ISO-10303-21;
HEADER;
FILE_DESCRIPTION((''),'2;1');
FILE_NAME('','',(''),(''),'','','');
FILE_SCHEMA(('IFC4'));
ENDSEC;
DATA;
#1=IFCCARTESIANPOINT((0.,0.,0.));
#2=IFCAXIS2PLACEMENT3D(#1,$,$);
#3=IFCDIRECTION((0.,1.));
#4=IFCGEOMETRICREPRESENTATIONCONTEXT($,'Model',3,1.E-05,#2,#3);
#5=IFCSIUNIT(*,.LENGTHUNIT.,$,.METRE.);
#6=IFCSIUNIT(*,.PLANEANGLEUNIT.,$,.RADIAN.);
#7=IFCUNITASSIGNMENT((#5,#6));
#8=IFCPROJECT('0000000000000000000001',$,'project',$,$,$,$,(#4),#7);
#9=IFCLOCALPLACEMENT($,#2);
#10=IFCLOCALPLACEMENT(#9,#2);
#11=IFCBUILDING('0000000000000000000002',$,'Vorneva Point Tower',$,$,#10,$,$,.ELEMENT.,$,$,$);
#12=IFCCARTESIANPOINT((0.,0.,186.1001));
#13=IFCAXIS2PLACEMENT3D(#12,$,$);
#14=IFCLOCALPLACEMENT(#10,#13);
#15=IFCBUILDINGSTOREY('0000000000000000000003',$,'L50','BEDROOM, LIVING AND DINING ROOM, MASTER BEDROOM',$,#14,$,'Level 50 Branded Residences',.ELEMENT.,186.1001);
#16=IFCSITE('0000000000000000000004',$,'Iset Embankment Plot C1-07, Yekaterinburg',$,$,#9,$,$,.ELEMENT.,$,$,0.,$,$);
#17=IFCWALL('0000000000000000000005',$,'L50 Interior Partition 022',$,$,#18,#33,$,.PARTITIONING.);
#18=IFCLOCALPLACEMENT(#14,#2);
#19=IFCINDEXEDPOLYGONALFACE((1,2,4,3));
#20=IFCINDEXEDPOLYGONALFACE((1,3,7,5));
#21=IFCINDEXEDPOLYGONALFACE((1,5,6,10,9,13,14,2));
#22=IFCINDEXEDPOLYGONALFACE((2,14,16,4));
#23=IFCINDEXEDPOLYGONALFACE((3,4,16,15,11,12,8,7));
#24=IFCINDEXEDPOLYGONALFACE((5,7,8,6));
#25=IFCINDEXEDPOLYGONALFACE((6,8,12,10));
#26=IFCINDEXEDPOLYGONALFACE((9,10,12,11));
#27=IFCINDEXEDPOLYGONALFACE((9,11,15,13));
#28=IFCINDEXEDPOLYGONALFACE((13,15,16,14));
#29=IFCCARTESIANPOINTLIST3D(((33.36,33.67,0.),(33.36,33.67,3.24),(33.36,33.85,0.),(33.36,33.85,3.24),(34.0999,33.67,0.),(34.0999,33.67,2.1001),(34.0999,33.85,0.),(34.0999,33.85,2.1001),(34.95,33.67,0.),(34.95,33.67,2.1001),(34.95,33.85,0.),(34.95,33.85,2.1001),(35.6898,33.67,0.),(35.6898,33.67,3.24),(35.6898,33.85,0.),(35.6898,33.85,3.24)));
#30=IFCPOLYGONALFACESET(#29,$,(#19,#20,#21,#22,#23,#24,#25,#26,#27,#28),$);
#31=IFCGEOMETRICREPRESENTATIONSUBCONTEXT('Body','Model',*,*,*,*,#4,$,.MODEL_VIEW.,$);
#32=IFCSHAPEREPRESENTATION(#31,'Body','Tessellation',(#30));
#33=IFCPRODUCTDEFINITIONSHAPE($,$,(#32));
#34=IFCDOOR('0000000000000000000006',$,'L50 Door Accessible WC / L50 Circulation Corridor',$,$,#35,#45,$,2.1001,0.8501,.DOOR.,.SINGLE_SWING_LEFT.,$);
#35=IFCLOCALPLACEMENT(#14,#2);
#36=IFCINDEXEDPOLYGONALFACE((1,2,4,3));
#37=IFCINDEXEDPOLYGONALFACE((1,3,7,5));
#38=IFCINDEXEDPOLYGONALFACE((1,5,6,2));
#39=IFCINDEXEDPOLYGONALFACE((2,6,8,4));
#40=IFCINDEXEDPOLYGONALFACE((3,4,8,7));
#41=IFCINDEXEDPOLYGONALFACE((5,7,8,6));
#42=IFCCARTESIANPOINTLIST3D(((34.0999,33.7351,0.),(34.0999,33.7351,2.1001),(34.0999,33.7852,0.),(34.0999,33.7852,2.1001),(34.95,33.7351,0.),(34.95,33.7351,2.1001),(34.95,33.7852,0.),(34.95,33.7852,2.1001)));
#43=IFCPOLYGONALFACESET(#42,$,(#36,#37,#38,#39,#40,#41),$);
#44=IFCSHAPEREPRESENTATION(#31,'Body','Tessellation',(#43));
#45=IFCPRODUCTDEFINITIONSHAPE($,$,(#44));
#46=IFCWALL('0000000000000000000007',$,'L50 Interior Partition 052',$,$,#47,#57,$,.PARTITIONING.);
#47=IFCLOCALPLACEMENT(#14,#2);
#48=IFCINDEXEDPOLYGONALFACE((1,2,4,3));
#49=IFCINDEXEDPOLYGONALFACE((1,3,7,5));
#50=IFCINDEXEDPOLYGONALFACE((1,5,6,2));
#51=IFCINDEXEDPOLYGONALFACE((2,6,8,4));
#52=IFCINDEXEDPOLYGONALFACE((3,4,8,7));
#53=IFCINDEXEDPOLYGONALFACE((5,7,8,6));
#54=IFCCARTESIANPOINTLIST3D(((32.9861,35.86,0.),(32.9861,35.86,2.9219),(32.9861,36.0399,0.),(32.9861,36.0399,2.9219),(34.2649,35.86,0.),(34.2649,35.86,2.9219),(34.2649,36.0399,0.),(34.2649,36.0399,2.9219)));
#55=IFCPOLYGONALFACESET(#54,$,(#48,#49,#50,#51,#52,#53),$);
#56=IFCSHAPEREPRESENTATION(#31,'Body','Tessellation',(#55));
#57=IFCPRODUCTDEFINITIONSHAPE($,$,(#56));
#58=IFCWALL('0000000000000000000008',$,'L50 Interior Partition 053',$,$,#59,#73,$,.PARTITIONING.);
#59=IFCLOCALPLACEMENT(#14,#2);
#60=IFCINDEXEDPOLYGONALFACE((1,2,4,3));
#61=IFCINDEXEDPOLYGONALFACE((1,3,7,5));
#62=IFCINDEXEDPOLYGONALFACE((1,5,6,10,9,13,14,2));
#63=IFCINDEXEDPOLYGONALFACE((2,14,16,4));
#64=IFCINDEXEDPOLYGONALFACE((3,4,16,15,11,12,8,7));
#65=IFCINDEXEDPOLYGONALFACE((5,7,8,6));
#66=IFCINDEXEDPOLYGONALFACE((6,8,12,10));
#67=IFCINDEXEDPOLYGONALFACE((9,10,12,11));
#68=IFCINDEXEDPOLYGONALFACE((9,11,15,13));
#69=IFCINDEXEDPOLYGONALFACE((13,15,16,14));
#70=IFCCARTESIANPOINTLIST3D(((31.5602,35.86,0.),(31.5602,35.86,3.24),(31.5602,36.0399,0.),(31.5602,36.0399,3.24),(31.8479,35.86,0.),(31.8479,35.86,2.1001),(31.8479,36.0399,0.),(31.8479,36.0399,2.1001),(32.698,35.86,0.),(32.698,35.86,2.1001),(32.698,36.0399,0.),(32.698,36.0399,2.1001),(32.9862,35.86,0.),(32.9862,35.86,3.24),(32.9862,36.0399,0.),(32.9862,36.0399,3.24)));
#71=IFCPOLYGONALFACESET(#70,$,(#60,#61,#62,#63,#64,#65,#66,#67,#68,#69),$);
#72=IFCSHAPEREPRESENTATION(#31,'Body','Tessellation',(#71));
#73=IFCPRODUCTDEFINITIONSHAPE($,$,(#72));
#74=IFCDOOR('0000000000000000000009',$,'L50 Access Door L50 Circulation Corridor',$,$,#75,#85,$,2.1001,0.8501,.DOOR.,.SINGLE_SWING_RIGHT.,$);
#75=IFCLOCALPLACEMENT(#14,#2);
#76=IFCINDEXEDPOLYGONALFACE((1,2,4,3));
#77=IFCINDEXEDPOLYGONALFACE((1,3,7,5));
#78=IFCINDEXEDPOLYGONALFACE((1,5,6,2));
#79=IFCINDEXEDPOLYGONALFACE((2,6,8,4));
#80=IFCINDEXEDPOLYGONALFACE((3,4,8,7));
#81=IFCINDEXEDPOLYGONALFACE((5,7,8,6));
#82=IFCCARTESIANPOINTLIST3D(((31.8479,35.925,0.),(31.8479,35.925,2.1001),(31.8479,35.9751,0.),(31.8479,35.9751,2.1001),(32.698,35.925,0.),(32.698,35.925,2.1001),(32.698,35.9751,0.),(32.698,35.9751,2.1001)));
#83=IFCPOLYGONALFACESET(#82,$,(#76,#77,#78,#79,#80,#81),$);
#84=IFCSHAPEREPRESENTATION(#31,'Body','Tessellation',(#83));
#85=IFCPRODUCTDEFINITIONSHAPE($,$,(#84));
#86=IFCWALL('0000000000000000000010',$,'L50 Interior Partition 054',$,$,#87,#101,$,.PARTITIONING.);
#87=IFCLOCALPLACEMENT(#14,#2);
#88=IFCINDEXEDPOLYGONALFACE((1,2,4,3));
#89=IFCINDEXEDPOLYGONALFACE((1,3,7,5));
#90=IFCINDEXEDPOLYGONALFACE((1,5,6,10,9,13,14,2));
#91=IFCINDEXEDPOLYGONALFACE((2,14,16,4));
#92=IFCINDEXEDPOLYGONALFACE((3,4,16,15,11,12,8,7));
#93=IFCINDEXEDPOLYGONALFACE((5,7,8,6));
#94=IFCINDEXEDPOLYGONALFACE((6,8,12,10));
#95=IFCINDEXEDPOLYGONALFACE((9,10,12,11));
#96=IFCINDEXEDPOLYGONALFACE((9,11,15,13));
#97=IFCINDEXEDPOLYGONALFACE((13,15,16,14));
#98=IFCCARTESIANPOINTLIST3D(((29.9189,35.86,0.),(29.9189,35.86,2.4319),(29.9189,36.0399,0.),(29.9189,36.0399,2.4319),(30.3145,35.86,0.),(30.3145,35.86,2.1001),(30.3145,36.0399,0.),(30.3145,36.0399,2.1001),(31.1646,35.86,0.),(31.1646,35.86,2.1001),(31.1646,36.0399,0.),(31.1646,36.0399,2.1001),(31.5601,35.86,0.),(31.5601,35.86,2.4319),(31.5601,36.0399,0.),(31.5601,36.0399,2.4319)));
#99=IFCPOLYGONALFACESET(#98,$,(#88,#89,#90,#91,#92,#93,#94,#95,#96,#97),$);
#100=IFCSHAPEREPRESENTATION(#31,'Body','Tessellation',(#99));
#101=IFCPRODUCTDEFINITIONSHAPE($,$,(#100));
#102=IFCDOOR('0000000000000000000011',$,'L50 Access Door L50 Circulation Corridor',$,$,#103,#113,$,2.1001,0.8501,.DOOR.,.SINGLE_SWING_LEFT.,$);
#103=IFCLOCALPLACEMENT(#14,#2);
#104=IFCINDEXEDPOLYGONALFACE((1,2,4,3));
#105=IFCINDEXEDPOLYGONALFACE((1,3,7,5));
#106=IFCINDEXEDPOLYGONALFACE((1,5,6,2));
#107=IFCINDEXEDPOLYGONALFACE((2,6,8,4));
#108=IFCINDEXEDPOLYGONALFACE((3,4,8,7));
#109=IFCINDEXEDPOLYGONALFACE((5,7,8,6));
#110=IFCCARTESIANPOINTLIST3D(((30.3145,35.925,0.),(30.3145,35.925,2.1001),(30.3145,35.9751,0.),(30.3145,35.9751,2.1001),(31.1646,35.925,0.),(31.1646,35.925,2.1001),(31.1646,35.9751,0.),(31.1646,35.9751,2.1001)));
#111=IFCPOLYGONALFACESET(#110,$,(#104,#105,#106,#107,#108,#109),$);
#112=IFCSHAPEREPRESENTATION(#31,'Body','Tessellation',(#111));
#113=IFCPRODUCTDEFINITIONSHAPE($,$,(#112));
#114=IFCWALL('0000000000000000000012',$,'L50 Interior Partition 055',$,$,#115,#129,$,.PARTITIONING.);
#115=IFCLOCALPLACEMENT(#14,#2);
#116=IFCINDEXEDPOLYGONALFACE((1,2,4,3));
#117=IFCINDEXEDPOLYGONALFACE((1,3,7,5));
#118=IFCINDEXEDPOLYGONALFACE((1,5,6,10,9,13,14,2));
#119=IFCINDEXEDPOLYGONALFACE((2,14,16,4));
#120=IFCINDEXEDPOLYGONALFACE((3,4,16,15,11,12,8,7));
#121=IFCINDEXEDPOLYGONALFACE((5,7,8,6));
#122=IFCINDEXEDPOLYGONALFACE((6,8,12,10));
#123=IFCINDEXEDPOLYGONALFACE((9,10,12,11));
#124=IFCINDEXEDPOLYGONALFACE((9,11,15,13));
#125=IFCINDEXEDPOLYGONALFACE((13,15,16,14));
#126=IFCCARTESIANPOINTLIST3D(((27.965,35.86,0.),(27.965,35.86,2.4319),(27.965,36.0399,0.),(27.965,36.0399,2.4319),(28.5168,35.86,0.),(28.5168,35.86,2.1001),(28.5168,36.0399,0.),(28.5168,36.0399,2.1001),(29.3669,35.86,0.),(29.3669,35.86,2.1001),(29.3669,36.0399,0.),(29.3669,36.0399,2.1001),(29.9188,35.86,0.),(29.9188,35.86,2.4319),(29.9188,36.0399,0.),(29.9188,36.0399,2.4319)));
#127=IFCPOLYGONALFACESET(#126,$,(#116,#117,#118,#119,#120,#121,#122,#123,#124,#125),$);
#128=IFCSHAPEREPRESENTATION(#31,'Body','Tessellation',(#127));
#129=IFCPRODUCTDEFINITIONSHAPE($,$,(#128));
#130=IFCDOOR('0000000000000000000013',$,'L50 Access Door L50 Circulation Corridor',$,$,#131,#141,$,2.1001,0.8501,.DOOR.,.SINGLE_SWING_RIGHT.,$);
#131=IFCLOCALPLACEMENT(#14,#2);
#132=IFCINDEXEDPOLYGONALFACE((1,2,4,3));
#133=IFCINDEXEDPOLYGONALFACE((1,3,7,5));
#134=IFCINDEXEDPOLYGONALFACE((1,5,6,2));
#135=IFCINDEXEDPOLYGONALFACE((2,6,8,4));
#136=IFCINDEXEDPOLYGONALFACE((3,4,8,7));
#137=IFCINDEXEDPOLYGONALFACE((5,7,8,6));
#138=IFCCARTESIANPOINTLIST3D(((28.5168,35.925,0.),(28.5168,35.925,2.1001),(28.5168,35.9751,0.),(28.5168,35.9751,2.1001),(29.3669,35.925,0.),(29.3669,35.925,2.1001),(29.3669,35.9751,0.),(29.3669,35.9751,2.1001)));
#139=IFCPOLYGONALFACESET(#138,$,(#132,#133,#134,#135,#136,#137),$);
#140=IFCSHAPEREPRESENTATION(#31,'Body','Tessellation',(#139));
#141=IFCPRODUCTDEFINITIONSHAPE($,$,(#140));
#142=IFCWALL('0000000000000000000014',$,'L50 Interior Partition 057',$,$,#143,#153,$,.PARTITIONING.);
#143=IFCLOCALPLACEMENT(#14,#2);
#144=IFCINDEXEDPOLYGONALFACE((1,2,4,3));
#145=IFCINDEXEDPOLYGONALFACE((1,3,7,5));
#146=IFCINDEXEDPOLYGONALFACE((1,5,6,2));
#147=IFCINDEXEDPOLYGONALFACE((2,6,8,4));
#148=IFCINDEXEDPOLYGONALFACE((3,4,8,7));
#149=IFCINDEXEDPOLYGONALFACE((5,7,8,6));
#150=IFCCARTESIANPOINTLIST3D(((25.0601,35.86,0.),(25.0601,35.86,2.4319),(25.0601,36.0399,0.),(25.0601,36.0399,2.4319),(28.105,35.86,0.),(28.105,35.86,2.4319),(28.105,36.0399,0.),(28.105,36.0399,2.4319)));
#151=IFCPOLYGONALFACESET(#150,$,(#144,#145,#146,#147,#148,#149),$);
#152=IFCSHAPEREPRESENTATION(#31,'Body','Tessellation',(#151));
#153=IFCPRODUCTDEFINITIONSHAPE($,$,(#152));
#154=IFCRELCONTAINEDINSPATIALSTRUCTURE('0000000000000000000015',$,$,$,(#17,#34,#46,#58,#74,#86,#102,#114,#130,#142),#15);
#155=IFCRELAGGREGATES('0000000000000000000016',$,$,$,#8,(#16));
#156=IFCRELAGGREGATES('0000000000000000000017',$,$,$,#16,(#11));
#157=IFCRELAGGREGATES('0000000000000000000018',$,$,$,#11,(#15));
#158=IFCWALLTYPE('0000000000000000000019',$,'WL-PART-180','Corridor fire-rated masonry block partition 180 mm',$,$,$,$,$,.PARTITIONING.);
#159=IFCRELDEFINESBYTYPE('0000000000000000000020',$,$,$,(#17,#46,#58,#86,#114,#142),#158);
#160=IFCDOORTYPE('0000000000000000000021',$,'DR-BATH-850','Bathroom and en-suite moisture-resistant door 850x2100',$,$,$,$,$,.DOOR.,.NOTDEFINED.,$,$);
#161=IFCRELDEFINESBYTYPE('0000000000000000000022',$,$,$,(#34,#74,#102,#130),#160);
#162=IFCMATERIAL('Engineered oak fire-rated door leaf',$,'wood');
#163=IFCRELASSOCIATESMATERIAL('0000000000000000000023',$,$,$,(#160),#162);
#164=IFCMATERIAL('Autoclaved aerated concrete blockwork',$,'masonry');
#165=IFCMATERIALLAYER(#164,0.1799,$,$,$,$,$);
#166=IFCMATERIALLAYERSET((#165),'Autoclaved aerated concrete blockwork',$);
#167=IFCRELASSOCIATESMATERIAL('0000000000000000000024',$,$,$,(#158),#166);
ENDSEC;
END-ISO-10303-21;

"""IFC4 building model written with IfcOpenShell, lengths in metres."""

from ifc_helpers import new_model, si_unit, direction, frame, frame_2d, origin, place, context, subcontext, project, spatial, rectangle, extrude, material, layer, layer_set, type_object, element, fill, save


model = new_model("IFC4")

# Units and contexts
model_context = context("Model", 3, precision=1e-05, world=origin(), true_north=direction((0.0, 1.0)))
body_context = subcontext(model_context, "Body", "Model", "MODEL_VIEW")
ifc_project = project(units=[si_unit("LENGTHUNIT", "METRE"), si_unit("PLANEANGLEUNIT", "RADIAN")], contexts=[model_context])

# Site, building, storey
site_placement = place(None, origin())
site = spatial("IfcSite", under=ifc_project, at=site_placement, Name="Iset Embankment Plot C1-07, Yekaterinburg", CompositionType="ELEMENT", RefElevation=0.0)
building_placement = place(site_placement, origin())
building = spatial("IfcBuilding", under=site, at=building_placement, Name="Vorneva Point Tower", CompositionType="ELEMENT")
storey_placement = place(building_placement, frame((0.0, 0.0, 186.1001)))
storey = spatial("IfcBuildingStorey", under=building, at=storey_placement, Name="L50", Description="BEDROOM, LIVING AND DINING ROOM, MASTER BEDROOM", LongName="Level 50 Branded Residences", CompositionType="ELEMENT", Elevation=186.1001)

# Shared definitions
ifc_material_1 = material(Name="Engineered oak fire-rated door leaf", Category="wood")
door_type_1 = type_object("IfcDoorType", Name="DR-BATH-850", Description="Bathroom and en-suite moisture-resistant door 850x2100", OperationType="NOTDEFINED", PredefinedType="DOOR", material=ifc_material_1)

# Wall, opening, door
ifc_material_2 = material(Name="Autoclaved aerated concrete blockwork", Category="masonry")
ifc_layer_1 = layer(ifc_material_2, 0.1799)
ifc_layer_set_1 = layer_set([ifc_layer_1], Name="Autoclaved aerated concrete blockwork")
wall_type_1 = type_object("IfcWallType", Name="WL-PART-180", Description="Corridor fire-rated masonry block partition 180 mm", PredefinedType="PARTITIONING", material=ifc_layer_set_1)
wall_1_placement = place(storey_placement, frame((35.6899, 33.76, 0.0), z_axis=(0.0, 0.0, 1.0), x_axis=(-1.0, 0.0, 0.0)))
wall_1 = element("IfcWall", 1, at=wall_1_placement, inside=storey, type_object=wall_type_1, Name="L50 Interior Partition 022", PredefinedType="PARTITIONING", context=body_context, shape_type="SweptSolid", body=[
    extrude(rectangle(XDim=2.3298, YDim=0.1799, at=frame_2d((1.165, 0.0))), origin(), (0.0, 0.0, 1.0), 3.24),
])
opening_1_placement = place(wall_1_placement, frame((0.74, 0.0, 0.0)))
opening_1 = element("IfcOpeningElement", 2, at=opening_1_placement, cuts=wall_1, PredefinedType="OPENING", context=body_context, shape_type="SweptSolid", body=[
    extrude(rectangle(XDim=0.8501, YDim=2.1001, at=frame_2d((0.425, 1.05))), frame((0.0, 0.105, 0.0), z_axis=(0.0, -1.0, 0.0), x_axis=(1.0, 0.0, 0.0)), (0.0, 0.0, 1.0), 0.2097),
])
door_1_placement = place(opening_1_placement, origin())
door_1 = element("IfcDoor", 3, at=door_1_placement, inside=storey, type_object=door_type_1, Name="L50 Door Accessible WC / L50 Circulation Corridor", OperationType="SINGLE_SWING_LEFT", OverallHeight=2.1001, OverallWidth=0.8501, PredefinedType="DOOR", context=body_context, shape_type="SweptSolid", body=[
    extrude(rectangle(XDim=0.8501, YDim=2.1001, at=frame_2d((0.425, 1.05))), frame((0.0, 0.0249, 0.0), z_axis=(0.0, -1.0, 0.0), x_axis=(1.0, 0.0, 0.0)), (0.0, 0.0, 1.0), 0.05),
])
fill(opening_1, door_1)

# Wall
wall_2_placement = place(storey_placement, frame((34.2649, 35.95, 0.0), z_axis=(0.0, 0.0, 1.0), x_axis=(-1.0, 0.0, 0.0)))
element("IfcWall", 4, at=wall_2_placement, inside=storey, type_object=wall_type_1, Name="L50 Interior Partition 052", PredefinedType="PARTITIONING", context=body_context, shape_type="SweptSolid", body=[
    extrude(rectangle(XDim=1.2788, YDim=0.1799, at=frame_2d((0.6394, 0.0))), origin(), (0.0, 0.0, 1.0), 2.9219),
])

# Walls, openings, doors
wall_3_placement = place(storey_placement, frame((32.9861, 35.95, 0.0), z_axis=(0.0, 0.0, 1.0), x_axis=(-1.0, 0.0, 0.0)))
wall_3 = element("IfcWall", 5, at=wall_3_placement, inside=storey, type_object=wall_type_1, Name="L50 Interior Partition 053", PredefinedType="PARTITIONING", context=body_context, shape_type="SweptSolid", body=[
    extrude(rectangle(XDim=1.426, YDim=0.1799, at=frame_2d((0.7129, 0.0))), origin(), (0.0, 0.0, 1.0), 3.24),
])
opening_2_placement = place(wall_3_placement, frame((0.2881, 0.0, 0.0)))
opening_2 = element("IfcOpeningElement", 6, at=opening_2_placement, cuts=wall_3, PredefinedType="OPENING", context=body_context, shape_type="SweptSolid", body=[
    extrude(rectangle(XDim=0.8501, YDim=2.1001, at=frame_2d((0.425, 1.05))), frame((0.0, 0.105, 0.0), z_axis=(0.0, -1.0, 0.0), x_axis=(1.0, 0.0, 0.0)), (0.0, 0.0, 1.0), 0.2097),
])
door_2_placement = place(opening_2_placement, origin())
door_2 = element("IfcDoor", 7, at=door_2_placement, inside=storey, type_object=door_type_1, Name="L50 Access Door L50 Circulation Corridor", OperationType="SINGLE_SWING_RIGHT", OverallHeight=2.1001, OverallWidth=0.8501, PredefinedType="DOOR", context=body_context, shape_type="SweptSolid", body=[
    extrude(rectangle(XDim=0.8501, YDim=2.1001, at=frame_2d((0.425, 1.05))), frame((0.0, 0.0249, 0.0), z_axis=(0.0, -1.0, 0.0), x_axis=(1.0, 0.0, 0.0)), (0.0, 0.0, 1.0), 0.05),
])
fill(opening_2, door_2)
wall_4_placement = place(storey_placement, frame((31.5601, 35.95, 0.0), z_axis=(0.0, 0.0, 1.0), x_axis=(-1.0, 0.0, 0.0)))
wall_4 = element("IfcWall", 8, at=wall_4_placement, inside=storey, type_object=wall_type_1, Name="L50 Interior Partition 054", PredefinedType="PARTITIONING", context=body_context, shape_type="SweptSolid", body=[
    extrude(rectangle(XDim=1.6411, YDim=0.1799, at=frame_2d((0.8206, 0.0))), origin(), (0.0, 0.0, 1.0), 2.4319),
])
opening_3_placement = place(wall_4_placement, frame((0.3955, 0.0, 0.0)))
opening_3 = element("IfcOpeningElement", 9, at=opening_3_placement, cuts=wall_4, PredefinedType="OPENING", context=body_context, shape_type="SweptSolid", body=[
    extrude(rectangle(XDim=0.8501, YDim=2.1001, at=frame_2d((0.425, 1.05))), frame((0.0, 0.105, 0.0), z_axis=(0.0, -1.0, 0.0), x_axis=(1.0, 0.0, 0.0)), (0.0, 0.0, 1.0), 0.2097),
])
door_3_placement = place(opening_3_placement, origin())
door_3 = element("IfcDoor", 10, at=door_3_placement, inside=storey, type_object=door_type_1, Name="L50 Access Door L50 Circulation Corridor", OperationType="SINGLE_SWING_LEFT", OverallHeight=2.1001, OverallWidth=0.8501, PredefinedType="DOOR", context=body_context, shape_type="SweptSolid", body=[
    extrude(rectangle(XDim=0.8501, YDim=2.1001, at=frame_2d((0.425, 1.05))), frame((0.0, 0.0249, 0.0), z_axis=(0.0, -1.0, 0.0), x_axis=(1.0, 0.0, 0.0)), (0.0, 0.0, 1.0), 0.05),
])
fill(opening_3, door_3)
wall_5_placement = place(storey_placement, frame((29.9189, 35.95, 0.0), z_axis=(0.0, 0.0, 1.0), x_axis=(-1.0, 0.0, 0.0)))
wall_5 = element("IfcWall", 11, at=wall_5_placement, inside=storey, type_object=wall_type_1, Name="L50 Interior Partition 055", PredefinedType="PARTITIONING", context=body_context, shape_type="SweptSolid", body=[
    extrude(rectangle(XDim=1.9539, YDim=0.1799, at=frame_2d((0.9771, 0.0))), origin(), (0.0, 0.0, 1.0), 2.4319),
])
opening_4_placement = place(wall_5_placement, frame((0.552, 0.0, 0.0)))
opening_4 = element("IfcOpeningElement", 12, at=opening_4_placement, cuts=wall_5, PredefinedType="OPENING", context=body_context, shape_type="SweptSolid", body=[
    extrude(rectangle(XDim=0.8501, YDim=2.1001, at=frame_2d((0.425, 1.05))), frame((0.0, 0.105, 0.0), z_axis=(0.0, -1.0, 0.0), x_axis=(1.0, 0.0, 0.0)), (0.0, 0.0, 1.0), 0.2097),
])
door_4_placement = place(opening_4_placement, origin())
door_4 = element("IfcDoor", 13, at=door_4_placement, inside=storey, type_object=door_type_1, Name="L50 Access Door L50 Circulation Corridor", OperationType="SINGLE_SWING_RIGHT", OverallHeight=2.1001, OverallWidth=0.8501, PredefinedType="DOOR", context=body_context, shape_type="SweptSolid", body=[
    extrude(rectangle(XDim=0.8501, YDim=2.1001, at=frame_2d((0.425, 1.05))), frame((0.0, 0.0249, 0.0), z_axis=(0.0, -1.0, 0.0), x_axis=(1.0, 0.0, 0.0)), (0.0, 0.0, 1.0), 0.05),
])
fill(opening_4, door_4)

# Wall
wall_6_placement = place(storey_placement, frame((28.105, 35.95, 0.0), z_axis=(0.0, 0.0, 1.0), x_axis=(-1.0, 0.0, 0.0)))
element("IfcWall", 14, at=wall_6_placement, inside=storey, type_object=wall_type_1, Name="L50 Interior Partition 057", PredefinedType="PARTITIONING", context=body_context, shape_type="SweptSolid", body=[
    extrude(rectangle(XDim=3.0449, YDim=0.1799, at=frame_2d((1.5225, 0.0))), origin(), (0.0, 0.0, 1.0), 2.4319),
])

save(model, "model.ifc")
